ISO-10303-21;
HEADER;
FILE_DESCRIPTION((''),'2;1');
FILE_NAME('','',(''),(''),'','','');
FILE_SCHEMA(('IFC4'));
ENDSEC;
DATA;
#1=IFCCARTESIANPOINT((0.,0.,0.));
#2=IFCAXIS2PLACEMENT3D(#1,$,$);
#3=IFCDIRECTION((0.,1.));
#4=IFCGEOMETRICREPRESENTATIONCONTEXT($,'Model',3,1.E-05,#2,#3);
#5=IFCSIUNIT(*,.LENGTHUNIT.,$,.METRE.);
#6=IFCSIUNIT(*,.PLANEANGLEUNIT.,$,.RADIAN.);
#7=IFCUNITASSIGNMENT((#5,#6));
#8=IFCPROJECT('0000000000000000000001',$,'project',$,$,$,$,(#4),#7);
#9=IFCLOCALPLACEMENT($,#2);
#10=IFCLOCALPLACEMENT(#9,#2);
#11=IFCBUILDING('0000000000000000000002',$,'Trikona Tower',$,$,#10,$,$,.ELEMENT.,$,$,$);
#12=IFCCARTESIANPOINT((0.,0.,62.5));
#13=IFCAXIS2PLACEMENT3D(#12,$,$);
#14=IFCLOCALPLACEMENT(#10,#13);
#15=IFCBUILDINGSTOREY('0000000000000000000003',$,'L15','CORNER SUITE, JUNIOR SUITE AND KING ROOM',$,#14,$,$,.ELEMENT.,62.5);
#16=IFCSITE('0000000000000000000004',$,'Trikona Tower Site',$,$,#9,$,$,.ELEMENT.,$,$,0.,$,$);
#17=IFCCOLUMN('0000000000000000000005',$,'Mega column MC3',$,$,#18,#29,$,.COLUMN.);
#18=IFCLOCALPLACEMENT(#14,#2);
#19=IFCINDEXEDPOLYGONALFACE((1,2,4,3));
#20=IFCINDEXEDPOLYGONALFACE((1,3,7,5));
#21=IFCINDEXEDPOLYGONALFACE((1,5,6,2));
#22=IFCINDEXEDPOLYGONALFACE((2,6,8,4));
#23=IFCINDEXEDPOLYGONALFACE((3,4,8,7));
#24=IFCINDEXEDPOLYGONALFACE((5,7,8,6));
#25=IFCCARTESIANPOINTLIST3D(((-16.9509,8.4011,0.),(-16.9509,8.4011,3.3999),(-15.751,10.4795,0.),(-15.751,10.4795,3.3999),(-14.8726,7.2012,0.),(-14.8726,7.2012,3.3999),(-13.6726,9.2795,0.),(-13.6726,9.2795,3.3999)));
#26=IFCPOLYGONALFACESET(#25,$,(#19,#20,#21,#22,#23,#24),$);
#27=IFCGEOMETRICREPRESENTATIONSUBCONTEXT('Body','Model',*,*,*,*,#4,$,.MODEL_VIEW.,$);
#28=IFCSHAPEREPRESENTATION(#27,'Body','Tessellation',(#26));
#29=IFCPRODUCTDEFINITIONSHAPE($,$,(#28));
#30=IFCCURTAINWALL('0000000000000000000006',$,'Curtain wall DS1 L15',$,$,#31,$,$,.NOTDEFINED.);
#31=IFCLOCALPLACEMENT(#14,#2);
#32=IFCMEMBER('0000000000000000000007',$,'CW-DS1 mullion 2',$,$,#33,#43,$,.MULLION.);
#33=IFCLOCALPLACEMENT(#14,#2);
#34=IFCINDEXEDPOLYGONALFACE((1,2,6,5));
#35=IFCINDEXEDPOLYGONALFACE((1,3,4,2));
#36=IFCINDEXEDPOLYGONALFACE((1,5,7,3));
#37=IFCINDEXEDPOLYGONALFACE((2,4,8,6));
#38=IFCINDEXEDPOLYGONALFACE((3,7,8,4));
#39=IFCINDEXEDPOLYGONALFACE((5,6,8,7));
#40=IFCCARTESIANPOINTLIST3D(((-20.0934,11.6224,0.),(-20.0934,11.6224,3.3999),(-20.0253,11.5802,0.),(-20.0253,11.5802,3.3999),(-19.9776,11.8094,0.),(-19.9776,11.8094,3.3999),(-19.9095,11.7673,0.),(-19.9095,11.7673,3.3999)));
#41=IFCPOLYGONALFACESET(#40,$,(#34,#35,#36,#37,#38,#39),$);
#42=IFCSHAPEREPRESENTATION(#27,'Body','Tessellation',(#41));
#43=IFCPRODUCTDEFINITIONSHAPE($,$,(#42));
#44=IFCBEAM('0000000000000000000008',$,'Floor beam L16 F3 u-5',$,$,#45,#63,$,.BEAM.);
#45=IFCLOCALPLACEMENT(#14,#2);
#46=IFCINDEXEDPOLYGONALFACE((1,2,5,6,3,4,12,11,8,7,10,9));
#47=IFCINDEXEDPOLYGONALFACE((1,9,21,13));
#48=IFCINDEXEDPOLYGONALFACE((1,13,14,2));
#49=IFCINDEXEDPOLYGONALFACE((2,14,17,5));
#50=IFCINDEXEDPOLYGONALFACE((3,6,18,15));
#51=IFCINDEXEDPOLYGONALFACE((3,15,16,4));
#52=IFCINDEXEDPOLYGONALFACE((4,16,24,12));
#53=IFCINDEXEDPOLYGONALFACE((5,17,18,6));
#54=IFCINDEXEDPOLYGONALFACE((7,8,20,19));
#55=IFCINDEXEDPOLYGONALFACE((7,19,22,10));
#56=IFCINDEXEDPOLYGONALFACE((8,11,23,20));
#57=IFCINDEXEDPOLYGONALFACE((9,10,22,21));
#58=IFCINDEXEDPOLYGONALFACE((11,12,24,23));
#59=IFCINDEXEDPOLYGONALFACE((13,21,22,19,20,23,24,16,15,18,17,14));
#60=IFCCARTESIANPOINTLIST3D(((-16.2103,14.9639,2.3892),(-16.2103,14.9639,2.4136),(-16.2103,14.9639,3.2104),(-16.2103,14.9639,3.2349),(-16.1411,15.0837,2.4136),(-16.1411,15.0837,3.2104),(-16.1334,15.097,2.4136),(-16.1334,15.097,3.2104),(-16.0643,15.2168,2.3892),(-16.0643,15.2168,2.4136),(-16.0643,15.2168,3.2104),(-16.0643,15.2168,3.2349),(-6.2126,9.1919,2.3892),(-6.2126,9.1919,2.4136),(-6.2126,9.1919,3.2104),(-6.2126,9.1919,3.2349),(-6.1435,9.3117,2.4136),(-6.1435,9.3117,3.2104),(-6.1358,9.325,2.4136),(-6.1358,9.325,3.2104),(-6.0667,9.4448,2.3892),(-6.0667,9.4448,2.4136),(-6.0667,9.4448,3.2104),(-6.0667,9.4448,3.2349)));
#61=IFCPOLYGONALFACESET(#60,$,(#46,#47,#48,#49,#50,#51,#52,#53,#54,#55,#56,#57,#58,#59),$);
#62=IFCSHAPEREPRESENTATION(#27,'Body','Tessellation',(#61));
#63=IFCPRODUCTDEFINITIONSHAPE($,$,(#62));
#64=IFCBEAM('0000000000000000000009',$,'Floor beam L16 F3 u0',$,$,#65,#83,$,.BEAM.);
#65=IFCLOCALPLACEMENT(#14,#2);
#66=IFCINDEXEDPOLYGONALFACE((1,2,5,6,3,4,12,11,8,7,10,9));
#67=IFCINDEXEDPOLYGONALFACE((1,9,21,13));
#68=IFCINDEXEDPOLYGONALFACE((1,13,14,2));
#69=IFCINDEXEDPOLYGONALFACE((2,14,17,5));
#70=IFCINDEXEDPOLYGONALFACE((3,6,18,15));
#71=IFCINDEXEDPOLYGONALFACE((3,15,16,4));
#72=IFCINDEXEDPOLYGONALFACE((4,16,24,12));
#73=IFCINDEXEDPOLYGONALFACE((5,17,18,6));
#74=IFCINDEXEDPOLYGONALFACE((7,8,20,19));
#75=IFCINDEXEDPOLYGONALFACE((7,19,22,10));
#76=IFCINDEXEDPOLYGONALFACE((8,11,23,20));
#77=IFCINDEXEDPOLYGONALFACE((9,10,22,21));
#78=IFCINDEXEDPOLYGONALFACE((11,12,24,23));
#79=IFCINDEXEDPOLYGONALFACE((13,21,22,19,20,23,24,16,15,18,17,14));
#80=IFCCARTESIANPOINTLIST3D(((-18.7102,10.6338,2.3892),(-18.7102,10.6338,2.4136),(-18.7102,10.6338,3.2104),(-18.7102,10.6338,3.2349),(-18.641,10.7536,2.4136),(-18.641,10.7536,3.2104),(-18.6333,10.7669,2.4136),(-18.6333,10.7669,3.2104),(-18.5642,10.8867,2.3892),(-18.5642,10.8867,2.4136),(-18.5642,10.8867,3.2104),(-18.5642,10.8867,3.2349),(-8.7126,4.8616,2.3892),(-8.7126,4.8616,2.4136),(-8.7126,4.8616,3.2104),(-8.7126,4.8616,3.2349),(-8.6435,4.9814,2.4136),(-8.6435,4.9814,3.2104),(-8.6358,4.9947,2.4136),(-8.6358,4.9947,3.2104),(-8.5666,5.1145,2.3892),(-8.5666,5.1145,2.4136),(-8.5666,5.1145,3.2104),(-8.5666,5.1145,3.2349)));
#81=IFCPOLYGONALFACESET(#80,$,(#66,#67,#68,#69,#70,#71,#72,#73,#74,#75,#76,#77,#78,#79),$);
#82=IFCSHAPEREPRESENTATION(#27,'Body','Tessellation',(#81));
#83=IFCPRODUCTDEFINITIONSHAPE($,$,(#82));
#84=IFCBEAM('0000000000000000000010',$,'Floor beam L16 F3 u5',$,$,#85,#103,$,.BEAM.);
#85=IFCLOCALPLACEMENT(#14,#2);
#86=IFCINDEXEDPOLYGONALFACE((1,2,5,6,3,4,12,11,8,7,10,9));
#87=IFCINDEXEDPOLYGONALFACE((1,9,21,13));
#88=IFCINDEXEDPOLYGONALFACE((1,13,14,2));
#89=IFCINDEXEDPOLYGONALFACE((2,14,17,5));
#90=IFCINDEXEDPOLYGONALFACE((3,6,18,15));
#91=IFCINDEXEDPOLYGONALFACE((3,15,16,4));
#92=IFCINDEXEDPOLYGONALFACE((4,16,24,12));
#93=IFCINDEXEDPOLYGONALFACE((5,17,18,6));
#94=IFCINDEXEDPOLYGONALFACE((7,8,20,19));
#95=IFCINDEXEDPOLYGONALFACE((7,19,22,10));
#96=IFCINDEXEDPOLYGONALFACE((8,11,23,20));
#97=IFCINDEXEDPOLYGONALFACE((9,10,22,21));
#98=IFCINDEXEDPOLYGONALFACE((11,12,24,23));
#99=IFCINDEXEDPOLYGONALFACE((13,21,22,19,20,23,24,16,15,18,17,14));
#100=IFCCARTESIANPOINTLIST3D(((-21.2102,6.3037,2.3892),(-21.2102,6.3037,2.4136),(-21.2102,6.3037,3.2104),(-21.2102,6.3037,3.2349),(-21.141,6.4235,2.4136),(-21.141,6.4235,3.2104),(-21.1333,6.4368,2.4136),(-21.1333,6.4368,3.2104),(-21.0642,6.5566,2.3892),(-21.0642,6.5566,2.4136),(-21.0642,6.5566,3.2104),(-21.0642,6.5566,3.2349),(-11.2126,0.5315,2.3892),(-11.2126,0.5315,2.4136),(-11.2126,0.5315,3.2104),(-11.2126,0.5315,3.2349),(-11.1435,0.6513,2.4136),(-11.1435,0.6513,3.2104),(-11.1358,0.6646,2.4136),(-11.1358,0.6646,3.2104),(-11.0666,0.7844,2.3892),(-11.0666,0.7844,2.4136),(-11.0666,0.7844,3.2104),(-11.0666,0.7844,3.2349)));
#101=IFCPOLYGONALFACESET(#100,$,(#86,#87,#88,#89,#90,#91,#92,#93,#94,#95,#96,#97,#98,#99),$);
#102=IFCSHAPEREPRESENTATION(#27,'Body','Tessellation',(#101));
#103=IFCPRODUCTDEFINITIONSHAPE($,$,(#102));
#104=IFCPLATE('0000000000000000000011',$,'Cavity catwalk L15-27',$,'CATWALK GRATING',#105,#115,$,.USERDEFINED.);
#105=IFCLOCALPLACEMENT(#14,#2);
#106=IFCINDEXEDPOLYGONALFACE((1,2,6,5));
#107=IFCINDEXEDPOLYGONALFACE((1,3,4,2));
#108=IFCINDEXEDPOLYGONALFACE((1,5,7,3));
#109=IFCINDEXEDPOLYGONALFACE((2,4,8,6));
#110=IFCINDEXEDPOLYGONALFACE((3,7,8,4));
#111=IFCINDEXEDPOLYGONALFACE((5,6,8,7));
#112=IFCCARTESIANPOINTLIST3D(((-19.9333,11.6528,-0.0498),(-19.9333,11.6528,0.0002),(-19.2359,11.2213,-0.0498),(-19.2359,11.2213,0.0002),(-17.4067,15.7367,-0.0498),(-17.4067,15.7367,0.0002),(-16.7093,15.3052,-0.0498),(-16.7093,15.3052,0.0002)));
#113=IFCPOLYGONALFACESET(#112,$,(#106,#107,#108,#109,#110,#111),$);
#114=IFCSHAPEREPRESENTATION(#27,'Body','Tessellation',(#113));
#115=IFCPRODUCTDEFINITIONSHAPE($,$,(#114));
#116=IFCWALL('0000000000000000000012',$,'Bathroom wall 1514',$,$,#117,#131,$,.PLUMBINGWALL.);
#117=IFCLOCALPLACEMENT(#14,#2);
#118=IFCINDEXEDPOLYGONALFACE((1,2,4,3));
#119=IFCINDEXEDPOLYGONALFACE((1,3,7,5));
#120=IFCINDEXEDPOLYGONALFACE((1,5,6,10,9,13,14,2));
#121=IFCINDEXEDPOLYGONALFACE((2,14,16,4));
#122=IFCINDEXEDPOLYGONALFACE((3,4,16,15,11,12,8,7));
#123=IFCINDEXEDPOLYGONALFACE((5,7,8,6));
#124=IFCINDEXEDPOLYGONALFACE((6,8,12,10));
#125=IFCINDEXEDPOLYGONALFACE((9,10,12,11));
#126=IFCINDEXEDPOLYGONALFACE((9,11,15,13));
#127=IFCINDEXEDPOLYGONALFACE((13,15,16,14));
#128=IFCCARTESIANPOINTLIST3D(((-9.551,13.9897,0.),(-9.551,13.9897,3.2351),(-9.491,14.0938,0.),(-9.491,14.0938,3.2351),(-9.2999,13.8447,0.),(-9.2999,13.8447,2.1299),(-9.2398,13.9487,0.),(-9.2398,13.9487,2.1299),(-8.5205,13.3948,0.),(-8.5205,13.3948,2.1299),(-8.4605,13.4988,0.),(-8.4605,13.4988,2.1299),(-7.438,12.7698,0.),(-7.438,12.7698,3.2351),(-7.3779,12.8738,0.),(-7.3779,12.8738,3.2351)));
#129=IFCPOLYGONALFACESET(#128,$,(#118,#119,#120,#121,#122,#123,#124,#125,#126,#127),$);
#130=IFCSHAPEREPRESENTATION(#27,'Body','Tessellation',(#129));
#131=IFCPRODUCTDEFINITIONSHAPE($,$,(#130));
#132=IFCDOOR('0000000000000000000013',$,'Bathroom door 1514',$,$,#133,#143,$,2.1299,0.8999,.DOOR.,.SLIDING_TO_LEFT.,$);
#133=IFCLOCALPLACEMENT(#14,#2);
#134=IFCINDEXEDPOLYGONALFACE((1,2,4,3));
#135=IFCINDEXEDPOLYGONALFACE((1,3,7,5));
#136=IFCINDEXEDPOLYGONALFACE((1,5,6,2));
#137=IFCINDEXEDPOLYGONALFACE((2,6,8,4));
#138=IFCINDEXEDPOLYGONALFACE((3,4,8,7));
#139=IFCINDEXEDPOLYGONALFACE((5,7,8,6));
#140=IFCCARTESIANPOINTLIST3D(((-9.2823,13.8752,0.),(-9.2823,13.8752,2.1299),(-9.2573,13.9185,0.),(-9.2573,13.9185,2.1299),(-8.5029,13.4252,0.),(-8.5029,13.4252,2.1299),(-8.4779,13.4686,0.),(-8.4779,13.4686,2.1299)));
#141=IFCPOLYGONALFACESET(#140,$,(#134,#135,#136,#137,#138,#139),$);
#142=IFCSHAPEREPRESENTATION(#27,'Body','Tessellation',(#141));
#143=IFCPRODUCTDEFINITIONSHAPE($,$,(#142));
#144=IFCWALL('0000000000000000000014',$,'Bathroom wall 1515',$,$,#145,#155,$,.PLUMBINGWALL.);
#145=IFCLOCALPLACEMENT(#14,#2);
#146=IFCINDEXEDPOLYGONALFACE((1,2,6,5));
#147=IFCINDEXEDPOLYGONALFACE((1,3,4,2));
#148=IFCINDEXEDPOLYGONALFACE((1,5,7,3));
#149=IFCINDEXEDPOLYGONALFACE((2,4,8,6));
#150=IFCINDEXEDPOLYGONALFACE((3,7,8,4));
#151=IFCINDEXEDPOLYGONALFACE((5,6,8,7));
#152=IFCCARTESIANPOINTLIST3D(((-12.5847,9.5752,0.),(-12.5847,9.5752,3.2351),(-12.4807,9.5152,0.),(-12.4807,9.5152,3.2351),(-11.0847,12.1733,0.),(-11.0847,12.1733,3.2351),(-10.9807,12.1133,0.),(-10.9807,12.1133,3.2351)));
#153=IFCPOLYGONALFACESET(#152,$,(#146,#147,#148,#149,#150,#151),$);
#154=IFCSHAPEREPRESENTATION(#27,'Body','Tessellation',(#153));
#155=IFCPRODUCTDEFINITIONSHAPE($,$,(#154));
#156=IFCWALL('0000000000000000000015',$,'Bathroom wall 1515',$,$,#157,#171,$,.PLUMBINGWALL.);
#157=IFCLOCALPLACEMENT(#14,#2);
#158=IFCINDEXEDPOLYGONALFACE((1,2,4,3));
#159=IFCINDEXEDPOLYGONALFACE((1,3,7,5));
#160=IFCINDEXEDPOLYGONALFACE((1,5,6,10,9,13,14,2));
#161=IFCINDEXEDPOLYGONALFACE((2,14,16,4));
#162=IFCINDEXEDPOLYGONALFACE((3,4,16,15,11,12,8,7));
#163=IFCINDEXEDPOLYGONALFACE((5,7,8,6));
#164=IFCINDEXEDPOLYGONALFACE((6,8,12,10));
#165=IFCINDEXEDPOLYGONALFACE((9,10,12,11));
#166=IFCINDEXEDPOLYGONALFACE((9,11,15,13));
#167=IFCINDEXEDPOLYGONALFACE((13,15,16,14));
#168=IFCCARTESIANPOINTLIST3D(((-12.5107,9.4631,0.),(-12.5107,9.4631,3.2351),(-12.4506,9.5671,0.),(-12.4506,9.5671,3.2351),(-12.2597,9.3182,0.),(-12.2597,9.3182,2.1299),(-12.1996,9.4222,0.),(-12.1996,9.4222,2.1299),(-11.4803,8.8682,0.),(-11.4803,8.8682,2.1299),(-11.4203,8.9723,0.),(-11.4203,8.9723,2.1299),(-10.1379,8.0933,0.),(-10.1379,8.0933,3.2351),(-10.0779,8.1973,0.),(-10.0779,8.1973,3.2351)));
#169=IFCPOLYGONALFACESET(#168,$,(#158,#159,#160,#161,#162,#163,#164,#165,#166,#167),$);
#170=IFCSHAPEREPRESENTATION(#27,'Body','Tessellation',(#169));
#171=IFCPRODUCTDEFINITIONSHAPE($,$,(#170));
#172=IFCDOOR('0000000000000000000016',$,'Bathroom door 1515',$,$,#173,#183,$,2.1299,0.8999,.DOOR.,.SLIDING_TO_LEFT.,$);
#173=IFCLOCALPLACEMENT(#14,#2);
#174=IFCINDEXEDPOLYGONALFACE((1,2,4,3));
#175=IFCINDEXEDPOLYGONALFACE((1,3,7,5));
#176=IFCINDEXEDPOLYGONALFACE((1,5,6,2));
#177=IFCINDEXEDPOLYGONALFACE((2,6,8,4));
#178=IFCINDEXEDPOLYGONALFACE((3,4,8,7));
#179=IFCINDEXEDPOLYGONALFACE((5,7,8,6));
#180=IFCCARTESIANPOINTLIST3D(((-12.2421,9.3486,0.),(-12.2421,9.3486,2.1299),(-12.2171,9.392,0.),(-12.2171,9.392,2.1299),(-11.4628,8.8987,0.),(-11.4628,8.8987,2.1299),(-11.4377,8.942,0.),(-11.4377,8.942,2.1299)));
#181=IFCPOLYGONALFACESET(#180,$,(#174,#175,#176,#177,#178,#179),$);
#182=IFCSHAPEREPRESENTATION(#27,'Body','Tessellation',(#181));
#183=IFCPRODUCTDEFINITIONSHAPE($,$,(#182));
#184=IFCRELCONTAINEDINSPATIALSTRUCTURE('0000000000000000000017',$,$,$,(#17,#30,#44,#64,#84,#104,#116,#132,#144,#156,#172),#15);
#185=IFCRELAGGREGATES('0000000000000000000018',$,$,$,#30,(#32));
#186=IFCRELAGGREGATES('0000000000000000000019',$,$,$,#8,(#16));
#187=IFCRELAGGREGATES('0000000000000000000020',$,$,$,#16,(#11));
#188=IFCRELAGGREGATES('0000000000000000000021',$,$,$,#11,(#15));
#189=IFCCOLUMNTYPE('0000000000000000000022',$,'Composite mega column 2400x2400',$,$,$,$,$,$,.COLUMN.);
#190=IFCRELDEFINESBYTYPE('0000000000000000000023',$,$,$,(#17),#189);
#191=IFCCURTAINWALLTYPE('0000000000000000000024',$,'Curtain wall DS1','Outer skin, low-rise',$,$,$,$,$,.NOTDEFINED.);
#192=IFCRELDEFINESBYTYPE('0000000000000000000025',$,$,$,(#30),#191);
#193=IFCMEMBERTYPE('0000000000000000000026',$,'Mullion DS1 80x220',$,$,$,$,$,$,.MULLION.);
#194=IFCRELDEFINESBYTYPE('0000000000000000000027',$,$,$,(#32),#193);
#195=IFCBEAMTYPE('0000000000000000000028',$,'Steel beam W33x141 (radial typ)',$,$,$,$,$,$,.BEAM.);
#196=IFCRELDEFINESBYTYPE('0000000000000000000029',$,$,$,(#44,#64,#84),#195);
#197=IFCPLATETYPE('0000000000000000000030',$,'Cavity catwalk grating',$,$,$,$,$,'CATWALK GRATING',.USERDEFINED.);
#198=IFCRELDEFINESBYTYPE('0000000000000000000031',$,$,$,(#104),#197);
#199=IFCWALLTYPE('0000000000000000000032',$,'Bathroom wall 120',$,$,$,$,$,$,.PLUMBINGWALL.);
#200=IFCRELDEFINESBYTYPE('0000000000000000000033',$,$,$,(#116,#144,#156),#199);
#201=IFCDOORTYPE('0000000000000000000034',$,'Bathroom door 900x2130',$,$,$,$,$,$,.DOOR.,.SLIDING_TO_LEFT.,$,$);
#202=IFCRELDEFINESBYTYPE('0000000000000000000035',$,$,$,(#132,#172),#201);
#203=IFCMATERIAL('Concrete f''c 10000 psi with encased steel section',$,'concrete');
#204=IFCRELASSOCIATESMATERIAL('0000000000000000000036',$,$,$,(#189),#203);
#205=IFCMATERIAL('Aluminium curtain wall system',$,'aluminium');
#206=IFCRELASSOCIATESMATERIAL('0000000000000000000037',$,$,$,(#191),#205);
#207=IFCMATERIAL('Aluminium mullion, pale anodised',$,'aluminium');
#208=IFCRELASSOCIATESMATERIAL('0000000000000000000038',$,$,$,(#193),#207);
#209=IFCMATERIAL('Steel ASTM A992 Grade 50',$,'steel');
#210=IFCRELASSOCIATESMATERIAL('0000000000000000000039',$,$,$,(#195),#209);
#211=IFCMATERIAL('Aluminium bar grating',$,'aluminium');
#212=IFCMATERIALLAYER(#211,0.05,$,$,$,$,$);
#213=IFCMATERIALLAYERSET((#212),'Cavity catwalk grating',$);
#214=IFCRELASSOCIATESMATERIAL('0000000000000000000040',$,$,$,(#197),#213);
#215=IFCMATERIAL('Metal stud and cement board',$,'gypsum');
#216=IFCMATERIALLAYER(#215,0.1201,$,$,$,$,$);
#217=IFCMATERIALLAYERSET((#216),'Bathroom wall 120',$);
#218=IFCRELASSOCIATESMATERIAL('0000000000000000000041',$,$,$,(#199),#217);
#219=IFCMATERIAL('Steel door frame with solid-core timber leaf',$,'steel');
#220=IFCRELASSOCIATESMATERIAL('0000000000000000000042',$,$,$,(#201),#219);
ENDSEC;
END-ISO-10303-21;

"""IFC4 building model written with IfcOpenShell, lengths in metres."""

from ifc_helpers import new_model, si_unit, direction, frame, frame_2d, origin, origin_2d, place, context, subcontext, project, spatial, rectangle, i_section, extrude, material, layer, layer_set, material_profile, profile_set, type_object, element, fill, aggregate, save


model = new_model("IFC4")

# Units and contexts
model_context = context("Model", 3, precision=1e-05, world=origin(), true_north=direction((0.0, 1.0)))
body_context = subcontext(model_context, "Body", "Model", "MODEL_VIEW")
ifc_project = project(units=[si_unit("LENGTHUNIT", "METRE"), si_unit("PLANEANGLEUNIT", "RADIAN")], contexts=[model_context])

# Site, building, storey
site_placement = place(None, origin())
site = spatial("IfcSite", under=ifc_project, at=site_placement, Name="Trikona Tower Site", CompositionType="ELEMENT", RefElevation=0.0)
building_placement = place(site_placement, origin())
building = spatial("IfcBuilding", under=site, at=building_placement, Name="Trikona Tower", CompositionType="ELEMENT")
storey_placement = place(building_placement, frame((0.0, 0.0, 62.5)))
storey = spatial("IfcBuildingStorey", under=building, at=storey_placement, Name="L15", Description="CORNER SUITE, JUNIOR SUITE AND KING ROOM", CompositionType="ELEMENT", Elevation=62.5)

# Column
ifc_material_1 = material(Name="Concrete f'c 10000 psi with encased steel section", Category="concrete")
ifc_material_profile_1 = material_profile(ifc_material_1, rectangle(XDim=2.3999, YDim=2.3999, at=origin_2d()), Name="MC2400")
ifc_profile_set_1 = profile_set([ifc_material_profile_1], Name="Concrete f'c 10000 psi with encased steel section")
column_type = type_object("IfcColumnType", Name="Composite mega column 2400x2400", PredefinedType="COLUMN", material=ifc_profile_set_1)
column_placement = place(storey_placement, frame((-15.3118, 8.8403, 0.0), z_axis=(0.0, 0.0, 1.0), x_axis=(-0.866025, 0.5, 0.0)))
element("IfcColumn", 1, at=column_placement, inside=storey, type_object=column_type, Name="Mega column MC3", PredefinedType="COLUMN", context=body_context, shape_type="SweptSolid", body=[
    extrude(rectangle(XDim=2.3999, YDim=2.3999, at=origin_2d()), origin(), (0.0, 0.0, 1.0), 3.3999),
])

# Curtain wall, member
ifc_material_2 = material(Name="Aluminium curtain wall system", Category="aluminium")
curtain_wall_type = type_object("IfcCurtainWallType", Name="Curtain wall DS1", Description="Outer skin, low-rise", PredefinedType="NOTDEFINED", material=ifc_material_2)
curtain_wall_placement = place(storey_placement, origin())
curtain_wall = element("IfcCurtainWall", 2, at=curtain_wall_placement, inside=storey, type_object=curtain_wall_type, Name="Curtain wall DS1 L15", PredefinedType="NOTDEFINED")
ifc_material_3 = material(Name="Aluminium mullion, pale anodised", Category="aluminium")
ifc_material_profile_2 = material_profile(ifc_material_3, rectangle(XDim=0.0801, YDim=0.22, at=origin_2d()), Name="MUL-DS1")
ifc_profile_set_2 = profile_set([ifc_material_profile_2], Name="Aluminium mullion, pale anodised")
member_type = type_object("IfcMemberType", Name="Mullion DS1 80x220", PredefinedType="MULLION", material=ifc_profile_set_2)
member_placement = place(storey_placement, frame((-20.0015, 11.6948, 0.0), z_axis=(0.0, 0.0, 1.0), x_axis=(0.85041, -0.52612, 0.0)))
member = element("IfcMember", 3, at=member_placement, type_object=member_type, Name="CW-DS1 mullion 2", PredefinedType="MULLION", context=body_context, shape_type="SweptSolid", body=[
    extrude(rectangle(XDim=0.0801, YDim=0.22, at=origin_2d()), origin(), (0.0, 0.0, 1.0), 3.3999),
])
aggregate(curtain_wall, [member])

# Beams
ifc_material_4 = material(Name="Steel ASTM A992 Grade 50", Category="steel")
ifc_material_profile_3 = material_profile(ifc_material_4, i_section(OverallWidth=0.292, OverallDepth=0.8457, WebThickness=0.0154, FlangeThickness=0.0244, at=origin_2d()), Name="W33X141")
ifc_profile_set_3 = profile_set([ifc_material_profile_3], Name="Steel ASTM A992 Grade 50")
beam_type = type_object("IfcBeamType", Name="Steel beam W33x141 (radial typ)", PredefinedType="BEAM", material=ifc_profile_set_3)
for number, where, z_axis, x_axis, name in (
    (4, (-6.1396, 9.3184, 2.812), (-0.86603, 0.499992, 0.0), (-0.499992, -0.86603, 0.0), "Floor beam L16 F3 u-5"),
    (5, (-8.6396, 4.988, 2.812), (-0.866021, 0.500008, 0.0), (-0.500008, -0.866021, 0.0), "Floor beam L16 F3 u0"),
    (6, (-11.1396, 0.658, 2.812), (-0.866021, 0.500008, 0.0), (-0.500008, -0.866021, 0.0), "Floor beam L16 F3 u5"),
):
    element("IfcBeam", number, at=place(storey_placement, frame(where, z_axis=z_axis, x_axis=x_axis)), inside=storey, type_object=beam_type, Name=name, PredefinedType="BEAM", context=body_context, shape_type="SweptSolid", body=[
        extrude(i_section(OverallWidth=0.292, OverallDepth=0.8457, WebThickness=0.0154, FlangeThickness=0.0244, at=origin_2d()), origin(), (0.0, 0.0, 1.0), 11.5442),
    ])

# Plate
ifc_material_5 = material(Name="Aluminium bar grating", Category="aluminium")
ifc_layer_1 = layer(ifc_material_5, 0.05)
ifc_layer_set_1 = layer_set([ifc_layer_1], Name="Cavity catwalk grating")
plate_type = type_object("IfcPlateType", Name="Cavity catwalk grating", ElementType="CATWALK GRATING", PredefinedType="USERDEFINED", material=ifc_layer_set_1)
plate_placement = place(storey_placement, frame((-18.3213, 13.479, -0.0498), z_axis=(0.0, 0.0, 1.0), x_axis=(-0.526119, -0.850411, 0.0)))
element("IfcPlate", 7, at=plate_placement, inside=storey, type_object=plate_type, Name="Cavity catwalk L15-27", ObjectType="CATWALK GRATING", PredefinedType="USERDEFINED", context=body_context, shape_type="SweptSolid", body=[
    extrude(rectangle(XDim=4.8022, YDim=0.8201, at=origin_2d()), origin(), (0.0, 0.0, 1.0), 0.05),
])

# Wall, opening, door
ifc_material_6 = material(Name="Metal stud and cement board", Category="gypsum")
ifc_layer_2 = layer(ifc_material_6, 0.1201)
ifc_layer_set_2 = layer_set([ifc_layer_2], Name="Bathroom wall 120")
wall_type_1 = type_object("IfcWallType", Name="Bathroom wall 120", PredefinedType="PLUMBINGWALL", material=ifc_layer_set_2)
wall_1_placement = place(storey_placement, frame((-7.408, 12.8218, 0.0), z_axis=(0.0, 0.0, 1.0), x_axis=(-0.866024, 0.500003, 0.0)))
wall_1 = element("IfcWall", 8, at=wall_1_placement, inside=storey, type_object=wall_type_1, Name="Bathroom wall 1514", PredefinedType="PLUMBINGWALL", context=body_context, shape_type="SweptSolid", body=[
    extrude(rectangle(XDim=2.4399, YDim=0.1201, at=frame_2d((1.22, 0.0))), origin(), (0.0, 0.0, 1.0), 3.2351),
])
opening_1_placement = place(wall_1_placement, frame((1.25, 0.0, 0.0)))
opening_1 = element("IfcOpeningElement", 9, at=opening_1_placement, cuts=wall_1, PredefinedType="OPENING", context=body_context, shape_type="SweptSolid", body=[
    extrude(rectangle(XDim=0.8999, YDim=2.1299, at=frame_2d((0.45, 1.0649))), frame((0.0, 0.0701, 0.0), z_axis=(0.0, -1.0, 0.0), x_axis=(1.0, 0.0, 0.0)), (0.0, 0.0, 1.0), 0.1401),
])
ifc_material_7 = material(Name="Steel door frame with solid-core timber leaf", Category="steel")
door_type_1 = type_object("IfcDoorType", Name="Bathroom door 900x2130", OperationType="SLIDING_TO_LEFT", PredefinedType="DOOR", material=ifc_material_7)
door_1_placement = place(opening_1_placement, origin())
door_1 = element("IfcDoor", 10, at=door_1_placement, inside=storey, type_object=door_type_1, Name="Bathroom door 1514", OperationType="SLIDING_TO_LEFT", OverallHeight=2.1299, OverallWidth=0.8999, PredefinedType="DOOR", context=body_context, shape_type="SweptSolid", body=[
    extrude(rectangle(XDim=0.8999, YDim=2.1299, at=frame_2d((0.45, 1.0649))), frame((0.0, 0.0249, 0.0), z_axis=(0.0, -1.0, 0.0), x_axis=(1.0, 0.0, 0.0)), (0.0, 0.0, 1.0), 0.05),
])
fill(opening_1, door_1)

# Wall
wall_2_placement = place(storey_placement, frame((-11.0327, 12.1433, 0.0), z_axis=(0.0, 0.0, 1.0), x_axis=(-0.49999, -0.866031, 0.0)))
element("IfcWall", 11, at=wall_2_placement, inside=storey, type_object=wall_type_1, Name="Bathroom wall 1515", PredefinedType="PLUMBINGWALL", context=body_context, shape_type="SweptSolid", body=[
    extrude(rectangle(XDim=3.0, YDim=0.1201, at=frame_2d((1.5, 0.0))), origin(), (0.0, 0.0, 1.0), 3.2351),
])

# Wall, opening, door
wall_3_placement = place(storey_placement, frame((-10.1079, 8.1453, 0.0), z_axis=(0.0, 0.0, 1.0), x_axis=(-0.866036, 0.499982, 0.0)))
wall_3 = element("IfcWall", 12, at=wall_3_placement, inside=storey, type_object=wall_type_1, Name="Bathroom wall 1515", PredefinedType="PLUMBINGWALL", context=body_context, shape_type="SweptSolid", body=[
    extrude(rectangle(XDim=2.7397, YDim=0.1201, at=frame_2d((1.3699, 0.0))), origin(), (0.0, 0.0, 1.0), 3.2351),
])
opening_2_placement = place(wall_3_placement, frame((1.55, 0.0, 0.0)))
opening_2 = element("IfcOpeningElement", 13, at=opening_2_placement, cuts=wall_3, PredefinedType="OPENING", context=body_context, shape_type="SweptSolid", body=[
    extrude(rectangle(XDim=0.8999, YDim=2.1299, at=frame_2d((0.45, 1.0649))), frame((0.0, 0.0701, 0.0), z_axis=(0.0, -1.0, 0.0), x_axis=(1.0, 0.0, 0.0)), (0.0, 0.0, 1.0), 0.1401),
])
door_2_placement = place(opening_2_placement, origin())
door_2 = element("IfcDoor", 14, at=door_2_placement, inside=storey, type_object=door_type_1, Name="Bathroom door 1515", OperationType="SLIDING_TO_LEFT", OverallHeight=2.1299, OverallWidth=0.8999, PredefinedType="DOOR", context=body_context, shape_type="SweptSolid", body=[
    extrude(rectangle(XDim=0.8999, YDim=2.1299, at=frame_2d((0.45, 1.0649))), frame((0.0, 0.0249, 0.0), z_axis=(0.0, -1.0, 0.0), x_axis=(1.0, 0.0, 0.0)), (0.0, 0.0, 1.0), 0.05),
])
fill(opening_2, door_2)

save(model, "model.ifc")
